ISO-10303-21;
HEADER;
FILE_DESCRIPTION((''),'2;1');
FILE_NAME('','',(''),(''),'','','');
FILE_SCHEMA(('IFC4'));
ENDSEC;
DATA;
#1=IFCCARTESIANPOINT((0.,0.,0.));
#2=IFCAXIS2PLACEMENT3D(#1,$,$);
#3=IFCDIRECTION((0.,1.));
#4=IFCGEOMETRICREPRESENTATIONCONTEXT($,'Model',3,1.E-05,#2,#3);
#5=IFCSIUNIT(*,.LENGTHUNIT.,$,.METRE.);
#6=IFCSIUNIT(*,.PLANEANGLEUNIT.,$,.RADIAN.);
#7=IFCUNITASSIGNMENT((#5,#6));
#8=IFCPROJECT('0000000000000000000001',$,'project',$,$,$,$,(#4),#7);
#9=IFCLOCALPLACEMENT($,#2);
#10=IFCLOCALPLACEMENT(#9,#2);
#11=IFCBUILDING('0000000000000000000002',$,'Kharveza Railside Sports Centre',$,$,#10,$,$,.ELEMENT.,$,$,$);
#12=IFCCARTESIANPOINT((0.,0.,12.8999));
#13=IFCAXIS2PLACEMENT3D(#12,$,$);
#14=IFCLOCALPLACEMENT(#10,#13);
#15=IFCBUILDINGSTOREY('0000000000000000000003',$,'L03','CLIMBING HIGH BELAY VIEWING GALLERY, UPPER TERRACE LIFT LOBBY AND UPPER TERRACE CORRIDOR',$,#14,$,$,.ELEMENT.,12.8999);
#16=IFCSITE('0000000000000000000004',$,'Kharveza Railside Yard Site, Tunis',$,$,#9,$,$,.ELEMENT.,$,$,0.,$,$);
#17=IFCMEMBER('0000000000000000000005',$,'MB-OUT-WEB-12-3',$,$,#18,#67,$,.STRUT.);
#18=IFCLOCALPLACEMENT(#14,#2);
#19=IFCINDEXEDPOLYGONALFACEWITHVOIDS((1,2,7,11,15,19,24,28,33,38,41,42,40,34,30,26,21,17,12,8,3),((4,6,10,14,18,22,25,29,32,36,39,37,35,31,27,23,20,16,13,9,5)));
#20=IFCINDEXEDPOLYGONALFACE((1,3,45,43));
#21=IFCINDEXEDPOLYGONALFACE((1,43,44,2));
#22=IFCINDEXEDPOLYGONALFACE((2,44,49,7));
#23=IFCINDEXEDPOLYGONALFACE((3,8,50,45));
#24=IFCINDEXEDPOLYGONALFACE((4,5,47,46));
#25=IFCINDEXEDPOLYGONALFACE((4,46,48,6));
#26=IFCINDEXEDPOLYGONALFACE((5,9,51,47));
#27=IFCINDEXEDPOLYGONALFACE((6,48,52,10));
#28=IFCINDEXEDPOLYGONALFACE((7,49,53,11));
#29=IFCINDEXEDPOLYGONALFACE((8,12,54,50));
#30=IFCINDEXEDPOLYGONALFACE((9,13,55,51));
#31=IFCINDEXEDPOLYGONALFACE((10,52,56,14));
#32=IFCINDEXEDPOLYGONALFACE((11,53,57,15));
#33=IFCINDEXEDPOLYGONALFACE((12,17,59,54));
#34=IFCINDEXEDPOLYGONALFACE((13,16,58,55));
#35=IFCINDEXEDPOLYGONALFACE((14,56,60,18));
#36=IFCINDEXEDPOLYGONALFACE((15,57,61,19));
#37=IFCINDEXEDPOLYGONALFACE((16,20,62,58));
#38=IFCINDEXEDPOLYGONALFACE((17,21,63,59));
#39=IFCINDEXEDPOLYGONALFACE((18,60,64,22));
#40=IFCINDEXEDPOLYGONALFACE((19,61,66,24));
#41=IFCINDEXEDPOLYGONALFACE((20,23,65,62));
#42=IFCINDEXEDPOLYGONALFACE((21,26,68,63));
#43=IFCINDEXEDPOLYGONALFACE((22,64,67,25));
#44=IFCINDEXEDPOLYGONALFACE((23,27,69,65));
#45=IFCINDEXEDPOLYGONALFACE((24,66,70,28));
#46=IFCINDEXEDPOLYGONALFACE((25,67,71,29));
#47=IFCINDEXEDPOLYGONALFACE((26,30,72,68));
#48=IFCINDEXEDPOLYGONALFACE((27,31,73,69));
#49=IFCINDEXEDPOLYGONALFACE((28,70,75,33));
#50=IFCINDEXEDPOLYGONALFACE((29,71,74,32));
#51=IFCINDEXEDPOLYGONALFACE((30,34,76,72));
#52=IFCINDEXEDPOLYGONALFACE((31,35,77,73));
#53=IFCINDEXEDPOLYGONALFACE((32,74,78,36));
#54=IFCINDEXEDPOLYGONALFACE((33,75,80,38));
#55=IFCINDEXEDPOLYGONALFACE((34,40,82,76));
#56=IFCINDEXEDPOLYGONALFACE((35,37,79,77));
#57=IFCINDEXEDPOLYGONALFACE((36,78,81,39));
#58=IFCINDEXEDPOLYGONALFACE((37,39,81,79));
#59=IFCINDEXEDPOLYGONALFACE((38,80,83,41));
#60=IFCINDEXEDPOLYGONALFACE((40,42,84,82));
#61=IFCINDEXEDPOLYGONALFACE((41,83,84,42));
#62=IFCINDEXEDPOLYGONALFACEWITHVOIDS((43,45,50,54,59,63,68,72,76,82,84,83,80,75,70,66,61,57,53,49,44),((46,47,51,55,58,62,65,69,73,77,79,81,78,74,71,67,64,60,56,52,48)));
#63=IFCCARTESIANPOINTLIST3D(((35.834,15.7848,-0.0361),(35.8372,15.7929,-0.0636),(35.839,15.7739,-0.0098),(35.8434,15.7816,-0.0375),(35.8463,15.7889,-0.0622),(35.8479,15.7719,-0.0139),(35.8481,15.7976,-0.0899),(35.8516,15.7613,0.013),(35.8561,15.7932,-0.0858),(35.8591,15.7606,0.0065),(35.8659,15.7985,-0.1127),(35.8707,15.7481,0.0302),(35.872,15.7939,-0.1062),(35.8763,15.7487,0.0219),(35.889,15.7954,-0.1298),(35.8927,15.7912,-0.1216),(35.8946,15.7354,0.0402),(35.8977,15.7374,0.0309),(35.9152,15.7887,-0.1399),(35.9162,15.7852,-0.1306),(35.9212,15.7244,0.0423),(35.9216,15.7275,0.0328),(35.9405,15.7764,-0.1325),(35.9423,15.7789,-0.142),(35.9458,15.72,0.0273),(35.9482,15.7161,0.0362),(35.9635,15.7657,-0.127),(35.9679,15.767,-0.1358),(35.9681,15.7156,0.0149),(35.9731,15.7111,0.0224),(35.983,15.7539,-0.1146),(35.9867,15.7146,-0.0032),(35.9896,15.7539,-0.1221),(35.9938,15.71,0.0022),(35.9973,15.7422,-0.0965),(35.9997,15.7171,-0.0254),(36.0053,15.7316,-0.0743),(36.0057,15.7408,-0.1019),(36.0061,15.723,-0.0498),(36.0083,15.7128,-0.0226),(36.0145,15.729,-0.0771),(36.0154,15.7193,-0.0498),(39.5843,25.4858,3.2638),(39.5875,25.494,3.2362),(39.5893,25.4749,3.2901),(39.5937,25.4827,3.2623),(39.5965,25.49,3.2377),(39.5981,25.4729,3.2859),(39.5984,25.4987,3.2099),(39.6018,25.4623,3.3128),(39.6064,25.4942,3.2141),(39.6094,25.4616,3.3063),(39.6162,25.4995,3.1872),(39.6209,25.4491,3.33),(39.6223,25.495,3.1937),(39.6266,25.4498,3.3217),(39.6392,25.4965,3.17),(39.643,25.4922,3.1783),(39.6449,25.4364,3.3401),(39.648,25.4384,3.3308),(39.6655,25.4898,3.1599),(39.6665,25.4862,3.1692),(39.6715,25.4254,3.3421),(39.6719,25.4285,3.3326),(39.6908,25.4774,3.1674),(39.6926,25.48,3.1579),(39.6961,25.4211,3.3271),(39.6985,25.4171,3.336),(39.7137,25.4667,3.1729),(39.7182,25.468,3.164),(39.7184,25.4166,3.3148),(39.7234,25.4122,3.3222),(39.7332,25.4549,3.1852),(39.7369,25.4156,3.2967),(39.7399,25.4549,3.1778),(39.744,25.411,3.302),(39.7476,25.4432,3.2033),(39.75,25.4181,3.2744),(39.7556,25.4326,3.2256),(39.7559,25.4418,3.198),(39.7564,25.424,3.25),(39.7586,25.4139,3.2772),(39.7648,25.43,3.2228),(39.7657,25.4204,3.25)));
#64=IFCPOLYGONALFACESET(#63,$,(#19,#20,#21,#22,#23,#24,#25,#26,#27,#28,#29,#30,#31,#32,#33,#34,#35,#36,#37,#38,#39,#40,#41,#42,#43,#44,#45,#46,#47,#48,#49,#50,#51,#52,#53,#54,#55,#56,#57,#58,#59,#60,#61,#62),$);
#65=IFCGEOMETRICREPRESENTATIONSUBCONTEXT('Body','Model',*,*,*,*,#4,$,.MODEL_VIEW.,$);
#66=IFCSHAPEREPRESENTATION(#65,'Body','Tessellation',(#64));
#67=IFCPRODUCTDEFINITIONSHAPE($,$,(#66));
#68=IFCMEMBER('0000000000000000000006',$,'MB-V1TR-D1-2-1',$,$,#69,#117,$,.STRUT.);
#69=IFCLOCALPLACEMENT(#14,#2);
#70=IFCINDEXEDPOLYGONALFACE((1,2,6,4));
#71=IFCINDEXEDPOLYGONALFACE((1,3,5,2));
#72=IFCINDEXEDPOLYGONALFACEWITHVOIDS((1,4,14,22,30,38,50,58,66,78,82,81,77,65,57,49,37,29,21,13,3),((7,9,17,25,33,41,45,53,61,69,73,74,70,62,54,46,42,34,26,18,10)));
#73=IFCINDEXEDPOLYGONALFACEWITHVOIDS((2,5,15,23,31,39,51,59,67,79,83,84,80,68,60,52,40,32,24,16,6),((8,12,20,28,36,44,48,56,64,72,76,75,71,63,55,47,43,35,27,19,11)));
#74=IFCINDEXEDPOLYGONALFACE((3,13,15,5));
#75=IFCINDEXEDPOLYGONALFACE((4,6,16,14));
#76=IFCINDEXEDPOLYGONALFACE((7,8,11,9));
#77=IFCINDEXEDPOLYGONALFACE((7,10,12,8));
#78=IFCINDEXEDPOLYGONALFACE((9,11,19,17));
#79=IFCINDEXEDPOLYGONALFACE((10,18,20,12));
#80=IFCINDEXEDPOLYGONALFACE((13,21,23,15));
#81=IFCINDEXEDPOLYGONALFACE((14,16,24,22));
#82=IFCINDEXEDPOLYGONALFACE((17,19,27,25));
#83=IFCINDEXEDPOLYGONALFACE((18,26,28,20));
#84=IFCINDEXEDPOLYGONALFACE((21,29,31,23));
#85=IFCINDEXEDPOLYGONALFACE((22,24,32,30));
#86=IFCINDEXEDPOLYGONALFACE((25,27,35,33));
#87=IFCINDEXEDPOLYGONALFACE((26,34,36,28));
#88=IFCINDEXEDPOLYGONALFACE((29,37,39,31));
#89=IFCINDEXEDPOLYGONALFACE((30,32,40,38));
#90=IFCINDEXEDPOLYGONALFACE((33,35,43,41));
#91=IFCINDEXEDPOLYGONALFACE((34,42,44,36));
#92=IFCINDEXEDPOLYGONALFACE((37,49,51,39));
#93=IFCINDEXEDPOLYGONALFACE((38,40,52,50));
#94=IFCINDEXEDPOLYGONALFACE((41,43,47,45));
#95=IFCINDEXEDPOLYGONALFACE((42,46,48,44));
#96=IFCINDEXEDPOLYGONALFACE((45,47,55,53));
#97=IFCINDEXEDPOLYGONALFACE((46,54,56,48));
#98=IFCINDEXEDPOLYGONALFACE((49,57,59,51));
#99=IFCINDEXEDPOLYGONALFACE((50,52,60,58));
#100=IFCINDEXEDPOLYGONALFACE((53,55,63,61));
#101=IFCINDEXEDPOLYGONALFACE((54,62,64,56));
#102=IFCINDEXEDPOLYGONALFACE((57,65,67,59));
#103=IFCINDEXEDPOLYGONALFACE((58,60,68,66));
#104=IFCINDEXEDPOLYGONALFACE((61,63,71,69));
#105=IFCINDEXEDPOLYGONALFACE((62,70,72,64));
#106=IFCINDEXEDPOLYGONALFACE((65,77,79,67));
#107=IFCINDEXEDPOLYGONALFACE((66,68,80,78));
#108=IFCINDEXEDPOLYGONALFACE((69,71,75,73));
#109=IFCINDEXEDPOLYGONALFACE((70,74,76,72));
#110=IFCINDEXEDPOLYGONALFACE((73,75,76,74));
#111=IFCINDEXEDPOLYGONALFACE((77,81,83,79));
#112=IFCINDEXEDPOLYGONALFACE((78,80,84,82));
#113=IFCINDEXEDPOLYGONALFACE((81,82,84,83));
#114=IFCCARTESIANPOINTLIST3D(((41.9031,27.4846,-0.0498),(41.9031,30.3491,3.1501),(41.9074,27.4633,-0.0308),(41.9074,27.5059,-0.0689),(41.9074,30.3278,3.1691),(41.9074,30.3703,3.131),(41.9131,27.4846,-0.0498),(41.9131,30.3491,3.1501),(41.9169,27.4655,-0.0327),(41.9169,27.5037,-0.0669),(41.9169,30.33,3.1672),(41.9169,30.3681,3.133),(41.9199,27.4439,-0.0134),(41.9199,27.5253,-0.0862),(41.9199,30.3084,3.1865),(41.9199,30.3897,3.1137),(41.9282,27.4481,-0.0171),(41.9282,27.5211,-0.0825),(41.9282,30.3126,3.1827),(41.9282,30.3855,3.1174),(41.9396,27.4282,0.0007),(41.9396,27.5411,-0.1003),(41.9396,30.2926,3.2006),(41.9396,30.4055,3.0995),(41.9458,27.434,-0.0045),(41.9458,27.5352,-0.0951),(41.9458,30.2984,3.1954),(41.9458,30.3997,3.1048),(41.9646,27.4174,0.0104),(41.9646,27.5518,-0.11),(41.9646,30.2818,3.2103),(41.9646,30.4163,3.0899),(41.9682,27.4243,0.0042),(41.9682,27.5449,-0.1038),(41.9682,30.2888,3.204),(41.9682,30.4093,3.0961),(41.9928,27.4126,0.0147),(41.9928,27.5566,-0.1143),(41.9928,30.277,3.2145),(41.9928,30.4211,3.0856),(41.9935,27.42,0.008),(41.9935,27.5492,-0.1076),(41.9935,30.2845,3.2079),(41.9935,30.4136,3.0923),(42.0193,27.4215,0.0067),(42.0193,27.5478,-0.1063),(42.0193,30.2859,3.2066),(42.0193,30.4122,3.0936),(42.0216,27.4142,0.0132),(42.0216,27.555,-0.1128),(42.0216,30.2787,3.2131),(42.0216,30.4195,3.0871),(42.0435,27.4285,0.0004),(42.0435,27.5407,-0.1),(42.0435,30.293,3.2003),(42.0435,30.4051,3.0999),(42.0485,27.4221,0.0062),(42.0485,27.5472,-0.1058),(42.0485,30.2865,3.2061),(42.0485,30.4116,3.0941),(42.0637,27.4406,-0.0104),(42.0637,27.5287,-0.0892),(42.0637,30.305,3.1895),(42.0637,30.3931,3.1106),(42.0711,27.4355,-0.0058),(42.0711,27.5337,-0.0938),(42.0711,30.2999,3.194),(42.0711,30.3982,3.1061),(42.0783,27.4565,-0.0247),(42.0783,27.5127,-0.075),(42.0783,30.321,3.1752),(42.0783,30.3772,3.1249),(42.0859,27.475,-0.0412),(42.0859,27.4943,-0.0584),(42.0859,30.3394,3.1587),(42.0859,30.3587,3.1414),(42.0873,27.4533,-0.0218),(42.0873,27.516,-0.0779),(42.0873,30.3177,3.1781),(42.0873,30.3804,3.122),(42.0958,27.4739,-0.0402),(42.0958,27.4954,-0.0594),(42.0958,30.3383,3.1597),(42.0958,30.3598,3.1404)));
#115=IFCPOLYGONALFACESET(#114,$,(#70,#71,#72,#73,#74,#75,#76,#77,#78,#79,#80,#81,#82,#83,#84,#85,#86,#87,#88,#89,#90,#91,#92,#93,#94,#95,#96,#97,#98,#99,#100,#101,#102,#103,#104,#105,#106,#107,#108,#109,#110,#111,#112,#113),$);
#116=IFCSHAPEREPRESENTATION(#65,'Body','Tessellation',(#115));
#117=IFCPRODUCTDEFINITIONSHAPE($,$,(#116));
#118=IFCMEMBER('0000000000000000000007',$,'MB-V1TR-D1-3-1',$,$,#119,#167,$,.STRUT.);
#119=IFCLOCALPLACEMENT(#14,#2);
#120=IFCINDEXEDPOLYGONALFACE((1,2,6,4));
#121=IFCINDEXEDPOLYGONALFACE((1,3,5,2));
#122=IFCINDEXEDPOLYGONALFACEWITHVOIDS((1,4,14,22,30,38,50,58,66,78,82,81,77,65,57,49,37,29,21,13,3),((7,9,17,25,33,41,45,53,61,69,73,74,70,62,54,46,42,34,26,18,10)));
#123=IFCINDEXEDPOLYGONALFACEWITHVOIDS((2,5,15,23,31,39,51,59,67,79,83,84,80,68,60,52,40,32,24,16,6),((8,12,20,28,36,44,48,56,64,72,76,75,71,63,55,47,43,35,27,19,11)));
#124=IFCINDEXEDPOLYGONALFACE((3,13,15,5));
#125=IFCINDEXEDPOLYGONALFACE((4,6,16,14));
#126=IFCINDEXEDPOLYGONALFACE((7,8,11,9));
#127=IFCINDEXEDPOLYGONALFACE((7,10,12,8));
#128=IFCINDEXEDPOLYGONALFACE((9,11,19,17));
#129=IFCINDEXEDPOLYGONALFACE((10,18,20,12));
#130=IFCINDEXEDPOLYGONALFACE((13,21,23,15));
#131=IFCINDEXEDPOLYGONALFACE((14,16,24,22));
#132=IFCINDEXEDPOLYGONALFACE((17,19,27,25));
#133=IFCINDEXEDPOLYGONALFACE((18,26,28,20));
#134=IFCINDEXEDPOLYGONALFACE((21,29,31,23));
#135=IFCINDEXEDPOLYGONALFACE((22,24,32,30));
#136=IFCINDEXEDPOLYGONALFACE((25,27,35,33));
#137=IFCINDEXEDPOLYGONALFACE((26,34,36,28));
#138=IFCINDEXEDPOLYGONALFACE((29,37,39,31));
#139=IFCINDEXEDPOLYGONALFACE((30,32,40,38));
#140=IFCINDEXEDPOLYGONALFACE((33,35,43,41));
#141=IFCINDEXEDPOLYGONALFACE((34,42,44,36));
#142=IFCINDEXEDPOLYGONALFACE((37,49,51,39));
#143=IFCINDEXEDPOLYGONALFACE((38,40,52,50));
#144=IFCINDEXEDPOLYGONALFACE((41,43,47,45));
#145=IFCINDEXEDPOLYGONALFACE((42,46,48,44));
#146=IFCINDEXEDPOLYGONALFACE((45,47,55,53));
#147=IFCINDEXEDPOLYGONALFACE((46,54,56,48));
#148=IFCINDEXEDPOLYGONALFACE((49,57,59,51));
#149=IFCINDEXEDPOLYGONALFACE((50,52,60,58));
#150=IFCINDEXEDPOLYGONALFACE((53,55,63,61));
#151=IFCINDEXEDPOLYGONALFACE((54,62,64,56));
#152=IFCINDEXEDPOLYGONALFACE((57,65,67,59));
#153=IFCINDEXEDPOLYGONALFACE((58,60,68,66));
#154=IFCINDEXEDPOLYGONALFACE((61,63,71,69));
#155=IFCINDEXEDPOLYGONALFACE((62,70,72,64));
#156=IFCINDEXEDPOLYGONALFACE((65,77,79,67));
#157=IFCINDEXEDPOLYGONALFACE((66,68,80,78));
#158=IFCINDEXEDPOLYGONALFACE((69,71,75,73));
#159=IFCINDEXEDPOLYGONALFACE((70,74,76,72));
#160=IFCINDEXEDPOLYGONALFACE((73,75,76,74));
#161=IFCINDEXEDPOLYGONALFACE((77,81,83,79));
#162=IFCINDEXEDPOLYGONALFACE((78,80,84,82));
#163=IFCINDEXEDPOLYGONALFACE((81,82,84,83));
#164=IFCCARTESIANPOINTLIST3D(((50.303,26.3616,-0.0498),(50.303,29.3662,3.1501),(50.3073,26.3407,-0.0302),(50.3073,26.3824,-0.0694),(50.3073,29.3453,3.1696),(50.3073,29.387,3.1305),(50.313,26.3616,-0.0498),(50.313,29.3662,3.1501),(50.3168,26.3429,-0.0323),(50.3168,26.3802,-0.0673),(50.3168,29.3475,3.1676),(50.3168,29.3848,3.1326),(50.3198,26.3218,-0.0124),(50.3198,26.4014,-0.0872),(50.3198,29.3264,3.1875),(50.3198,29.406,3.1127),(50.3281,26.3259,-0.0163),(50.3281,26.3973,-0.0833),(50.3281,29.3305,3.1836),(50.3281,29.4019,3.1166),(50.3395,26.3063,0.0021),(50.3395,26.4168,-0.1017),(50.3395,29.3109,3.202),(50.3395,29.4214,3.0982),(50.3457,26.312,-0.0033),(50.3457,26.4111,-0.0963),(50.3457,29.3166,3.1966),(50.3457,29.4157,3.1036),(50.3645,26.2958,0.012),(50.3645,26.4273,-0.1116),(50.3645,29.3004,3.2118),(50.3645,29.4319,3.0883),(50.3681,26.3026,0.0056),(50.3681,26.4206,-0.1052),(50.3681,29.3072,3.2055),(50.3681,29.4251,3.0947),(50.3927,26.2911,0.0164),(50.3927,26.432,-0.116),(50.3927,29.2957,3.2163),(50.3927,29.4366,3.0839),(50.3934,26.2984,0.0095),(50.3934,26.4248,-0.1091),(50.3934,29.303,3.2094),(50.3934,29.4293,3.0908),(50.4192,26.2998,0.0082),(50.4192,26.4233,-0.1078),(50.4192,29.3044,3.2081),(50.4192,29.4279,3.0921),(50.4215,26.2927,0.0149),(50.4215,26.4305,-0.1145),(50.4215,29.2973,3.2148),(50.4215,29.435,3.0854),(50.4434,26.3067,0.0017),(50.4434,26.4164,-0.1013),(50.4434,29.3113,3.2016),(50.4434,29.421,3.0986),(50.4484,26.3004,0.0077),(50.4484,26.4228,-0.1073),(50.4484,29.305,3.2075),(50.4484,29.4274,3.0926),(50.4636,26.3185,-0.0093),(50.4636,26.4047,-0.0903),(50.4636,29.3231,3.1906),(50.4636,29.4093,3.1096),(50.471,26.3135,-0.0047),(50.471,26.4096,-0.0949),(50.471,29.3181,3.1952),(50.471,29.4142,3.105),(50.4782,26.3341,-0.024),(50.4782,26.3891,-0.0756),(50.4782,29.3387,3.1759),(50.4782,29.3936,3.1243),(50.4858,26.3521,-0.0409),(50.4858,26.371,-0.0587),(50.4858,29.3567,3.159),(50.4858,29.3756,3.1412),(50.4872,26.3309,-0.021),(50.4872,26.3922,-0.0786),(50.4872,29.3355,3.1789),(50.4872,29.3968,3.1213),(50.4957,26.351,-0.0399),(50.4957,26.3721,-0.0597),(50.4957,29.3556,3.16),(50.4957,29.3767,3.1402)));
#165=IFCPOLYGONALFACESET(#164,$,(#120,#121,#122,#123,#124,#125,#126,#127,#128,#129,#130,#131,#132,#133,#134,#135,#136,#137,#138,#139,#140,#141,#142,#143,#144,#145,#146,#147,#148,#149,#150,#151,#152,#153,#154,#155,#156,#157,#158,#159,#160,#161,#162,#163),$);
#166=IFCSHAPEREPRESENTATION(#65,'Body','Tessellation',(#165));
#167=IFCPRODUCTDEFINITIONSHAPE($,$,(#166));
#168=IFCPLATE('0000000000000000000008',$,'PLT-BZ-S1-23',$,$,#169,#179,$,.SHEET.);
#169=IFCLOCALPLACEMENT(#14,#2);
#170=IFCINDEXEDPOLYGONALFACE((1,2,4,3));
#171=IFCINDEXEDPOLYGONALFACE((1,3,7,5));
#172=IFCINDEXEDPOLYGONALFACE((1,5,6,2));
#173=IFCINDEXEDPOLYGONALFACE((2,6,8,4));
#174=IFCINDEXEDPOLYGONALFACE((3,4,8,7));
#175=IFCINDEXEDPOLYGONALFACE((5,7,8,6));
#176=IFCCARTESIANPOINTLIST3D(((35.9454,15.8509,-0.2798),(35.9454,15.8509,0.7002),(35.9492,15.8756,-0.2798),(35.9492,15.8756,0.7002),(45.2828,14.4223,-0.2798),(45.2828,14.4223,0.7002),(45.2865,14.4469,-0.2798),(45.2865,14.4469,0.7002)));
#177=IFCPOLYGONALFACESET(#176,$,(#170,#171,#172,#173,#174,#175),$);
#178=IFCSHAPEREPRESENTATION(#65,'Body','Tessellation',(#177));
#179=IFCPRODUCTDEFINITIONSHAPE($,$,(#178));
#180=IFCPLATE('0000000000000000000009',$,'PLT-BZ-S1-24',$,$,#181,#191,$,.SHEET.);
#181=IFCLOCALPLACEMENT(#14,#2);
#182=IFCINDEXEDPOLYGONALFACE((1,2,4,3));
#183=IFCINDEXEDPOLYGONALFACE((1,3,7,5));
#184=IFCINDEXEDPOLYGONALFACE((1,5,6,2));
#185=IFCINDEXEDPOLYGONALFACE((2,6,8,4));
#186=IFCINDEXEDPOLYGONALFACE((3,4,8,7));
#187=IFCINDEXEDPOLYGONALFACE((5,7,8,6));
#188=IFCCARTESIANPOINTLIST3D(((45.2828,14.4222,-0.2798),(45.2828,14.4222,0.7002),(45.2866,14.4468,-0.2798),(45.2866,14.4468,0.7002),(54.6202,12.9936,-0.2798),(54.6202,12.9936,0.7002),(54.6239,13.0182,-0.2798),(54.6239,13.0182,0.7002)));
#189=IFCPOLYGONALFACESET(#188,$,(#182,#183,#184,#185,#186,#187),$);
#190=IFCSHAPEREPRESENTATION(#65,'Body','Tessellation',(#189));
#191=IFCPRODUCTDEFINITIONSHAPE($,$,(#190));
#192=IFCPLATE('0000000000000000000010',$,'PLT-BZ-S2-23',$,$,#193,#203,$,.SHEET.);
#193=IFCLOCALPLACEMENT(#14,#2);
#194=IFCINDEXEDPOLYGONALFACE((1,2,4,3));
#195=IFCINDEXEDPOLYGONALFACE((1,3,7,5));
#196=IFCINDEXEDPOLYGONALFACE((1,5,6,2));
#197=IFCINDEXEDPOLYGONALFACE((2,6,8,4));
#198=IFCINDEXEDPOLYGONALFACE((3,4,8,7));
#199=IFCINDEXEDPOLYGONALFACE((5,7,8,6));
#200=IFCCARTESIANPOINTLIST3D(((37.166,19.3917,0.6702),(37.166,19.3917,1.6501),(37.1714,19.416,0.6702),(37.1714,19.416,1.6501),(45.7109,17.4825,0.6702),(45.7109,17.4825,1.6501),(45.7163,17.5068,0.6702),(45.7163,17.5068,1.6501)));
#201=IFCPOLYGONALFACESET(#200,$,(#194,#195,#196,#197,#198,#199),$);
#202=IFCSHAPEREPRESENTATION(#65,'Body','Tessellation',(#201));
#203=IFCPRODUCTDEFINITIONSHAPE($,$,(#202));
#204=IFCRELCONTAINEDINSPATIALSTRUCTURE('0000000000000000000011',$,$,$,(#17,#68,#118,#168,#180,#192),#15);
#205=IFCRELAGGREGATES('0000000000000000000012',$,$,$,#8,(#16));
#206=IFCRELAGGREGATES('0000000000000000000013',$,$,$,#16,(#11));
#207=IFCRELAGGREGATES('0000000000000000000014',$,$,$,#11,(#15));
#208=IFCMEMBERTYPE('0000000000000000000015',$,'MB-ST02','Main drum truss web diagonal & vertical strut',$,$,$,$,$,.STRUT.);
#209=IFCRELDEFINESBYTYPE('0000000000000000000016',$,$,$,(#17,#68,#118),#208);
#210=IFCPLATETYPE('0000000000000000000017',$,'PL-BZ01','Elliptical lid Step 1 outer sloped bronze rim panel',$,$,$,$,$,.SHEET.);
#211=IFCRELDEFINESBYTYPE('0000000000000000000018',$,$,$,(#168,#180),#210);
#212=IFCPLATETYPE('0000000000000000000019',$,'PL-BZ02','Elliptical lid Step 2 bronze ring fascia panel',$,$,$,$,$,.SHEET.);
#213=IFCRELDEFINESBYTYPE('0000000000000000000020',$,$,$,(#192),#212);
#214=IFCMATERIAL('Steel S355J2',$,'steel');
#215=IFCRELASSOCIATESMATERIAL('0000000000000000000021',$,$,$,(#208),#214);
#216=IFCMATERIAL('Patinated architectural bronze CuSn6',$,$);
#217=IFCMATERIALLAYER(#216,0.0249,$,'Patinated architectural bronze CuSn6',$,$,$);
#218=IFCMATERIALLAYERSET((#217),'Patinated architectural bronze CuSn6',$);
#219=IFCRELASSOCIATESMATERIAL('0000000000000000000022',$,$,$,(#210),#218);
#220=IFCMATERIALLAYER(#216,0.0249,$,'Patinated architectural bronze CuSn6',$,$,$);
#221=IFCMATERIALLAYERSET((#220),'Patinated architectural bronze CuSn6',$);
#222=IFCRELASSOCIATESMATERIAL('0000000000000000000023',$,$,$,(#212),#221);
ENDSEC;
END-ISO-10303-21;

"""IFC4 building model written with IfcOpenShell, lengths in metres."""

from ifc_helpers import new_model, si_unit, direction, frame, origin, origin_2d, place, context, subcontext, project, spatial, rectangle, hollow_circle, extrude, material, layer, layer_set, material_profile, profile_set, type_object, element, save


model = new_model("IFC4")

# Units and contexts
model_context = context("Model", 3, precision=1e-05, world=origin(), true_north=direction((0.0, 1.0)))
body_context = subcontext(model_context, "Body", "Model", "MODEL_VIEW")
ifc_project = project(units=[si_unit("LENGTHUNIT", "METRE"), si_unit("PLANEANGLEUNIT", "RADIAN")], contexts=[model_context])

# Site, building, storey
site_placement = place(None, origin())
site = spatial("IfcSite", under=ifc_project, at=site_placement, Name="Kharveza Railside Yard Site, Tunis", CompositionType="ELEMENT", RefElevation=0.0)
building_placement = place(site_placement, origin())
building = spatial("IfcBuilding", under=site, at=building_placement, Name="Kharveza Railside Sports Centre", CompositionType="ELEMENT")
storey_placement = place(building_placement, frame((0.0, 0.0, 12.8999)))
storey = spatial("IfcBuildingStorey", under=building, at=storey_placement, Name="L03", Description="CLIMBING HIGH BELAY VIEWING GALLERY, UPPER TERRACE LIFT LOBBY AND UPPER TERRACE CORRIDOR", CompositionType="ELEMENT", Elevation=12.8999)

# Shared definitions
ifc_material_1 = material(Name="Steel S355J2", Category="steel")

# Members
ifc_material_profile_1 = material_profile(ifc_material_1, hollow_circle(Radius=0.0969, WallThickness=0.01, at=origin_2d()), Name="CHS 193.7x10.0")
ifc_profile_set_1 = profile_set([ifc_material_profile_1], Name="Steel S355J2")
member_type_1 = type_object("IfcMemberType", Name="MB-ST02", Description="Main drum truss web diagonal & vertical strut", PredefinedType="STRUT", material=ifc_profile_set_1)
member_1_placement = place(storey_placement, frame((39.6753, 25.4553, 3.25), z_axis=(-0.343696, -0.889055, -0.302415), x_axis=(0.932728, -0.36058, 0.0)))
element("IfcMember", 1, at=member_1_placement, inside=storey, type_object=member_type_1, Name="MB-OUT-WEB-12-3", PredefinedType="STRUT", context=body_context, shape_type="SweptSolid", body=[
    extrude(hollow_circle(Radius=0.0969, WallThickness=0.01, at=origin_2d()), origin(), (0.0, 0.0, 1.0), 10.9116),
])
member_2_placement = place(storey_placement, frame((42.0, 27.4846, -0.0498), z_axis=(0.0, 0.666974, 0.745081), x_axis=(-1.0, 0.0, 0.0)))
element("IfcMember", 2, at=member_2_placement, inside=storey, type_object=member_type_1, Name="MB-V1TR-D1-2-1", PredefinedType="STRUT", context=body_context, shape_type="SweptSolid", body=[
    extrude(hollow_circle(Radius=0.0969, WallThickness=0.01, at=origin_2d()), origin(), (0.0, 0.0, 1.0), 4.2947),
])
member_3_placement = place(storey_placement, frame((50.3999, 26.3616, -0.0498), z_axis=(0.0, 0.684509, 0.729004), x_axis=(-1.0, 0.0, 0.0)))
element("IfcMember", 3, at=member_3_placement, inside=storey, type_object=member_type_1, Name="MB-V1TR-D1-3-1", PredefinedType="STRUT", context=body_context, shape_type="SweptSolid", body=[
    extrude(hollow_circle(Radius=0.0969, WallThickness=0.01, at=origin_2d()), origin(), (0.0, 0.0, 1.0), 4.3894),
])

# Plates
ifc_material_2 = material(Name="Patinated architectural bronze CuSn6")
ifc_layer_1 = layer(ifc_material_2, 0.0249, Name="Patinated architectural bronze CuSn6")
ifc_layer_set_1 = layer_set([ifc_layer_1], Name="Patinated architectural bronze CuSn6")
plate_type_1 = type_object("IfcPlateType", Name="PL-BZ01", Description="Elliptical lid Step 1 outer sloped bronze rim panel", PredefinedType="SHEET", material=ifc_layer_set_1)
for number, where, z_axis, x_axis, name in (
    (4, (40.616, 15.1489, -0.2798), (0.0, 0.0, 1.0), (0.988497, -0.151244, 0.0), "PLT-BZ-S1-23"),
    (5, (49.9534, 13.7202, -0.2798), (0.0, 0.0, 1.0), (0.988497, -0.151244, 0.0), "PLT-BZ-S1-24"),
):
    element("IfcPlate", number, at=place(storey_placement, frame(where, z_axis=z_axis, x_axis=x_axis)), inside=storey, type_object=plate_type_1, Name=name, PredefinedType="SHEET", context=body_context, shape_type="SweptSolid", body=[
        extrude(rectangle(XDim=9.446, YDim=0.0249, at=origin_2d()), origin(), (0.0, 0.0, 1.0), 0.98),
    ])
ifc_layer_2 = layer(ifc_material_2, 0.0249, Name="Patinated architectural bronze CuSn6")
ifc_layer_set_2 = layer_set([ifc_layer_2], Name="Patinated architectural bronze CuSn6")
plate_type_2 = type_object("IfcPlateType", Name="PL-BZ02", Description="Elliptical lid Step 2 bronze ring fascia panel", PredefinedType="SHEET", material=ifc_layer_set_2)
plate_1_placement = place(storey_placement, frame((41.4412, 18.4492, 0.6702), z_axis=(0.0, 0.0, 1.0), x_axis=(0.975936, -0.218058, 0.0)))
element("IfcPlate", 6, at=plate_1_placement, inside=storey, type_object=plate_type_2, Name="PLT-BZ-S2-23", PredefinedType="SHEET", context=body_context, shape_type="SweptSolid", body=[
    extrude(rectangle(XDim=8.7556, YDim=0.0249, at=origin_2d()), origin(), (0.0, 0.0, 1.0), 0.98),
])

save(model, "model.ifc")
